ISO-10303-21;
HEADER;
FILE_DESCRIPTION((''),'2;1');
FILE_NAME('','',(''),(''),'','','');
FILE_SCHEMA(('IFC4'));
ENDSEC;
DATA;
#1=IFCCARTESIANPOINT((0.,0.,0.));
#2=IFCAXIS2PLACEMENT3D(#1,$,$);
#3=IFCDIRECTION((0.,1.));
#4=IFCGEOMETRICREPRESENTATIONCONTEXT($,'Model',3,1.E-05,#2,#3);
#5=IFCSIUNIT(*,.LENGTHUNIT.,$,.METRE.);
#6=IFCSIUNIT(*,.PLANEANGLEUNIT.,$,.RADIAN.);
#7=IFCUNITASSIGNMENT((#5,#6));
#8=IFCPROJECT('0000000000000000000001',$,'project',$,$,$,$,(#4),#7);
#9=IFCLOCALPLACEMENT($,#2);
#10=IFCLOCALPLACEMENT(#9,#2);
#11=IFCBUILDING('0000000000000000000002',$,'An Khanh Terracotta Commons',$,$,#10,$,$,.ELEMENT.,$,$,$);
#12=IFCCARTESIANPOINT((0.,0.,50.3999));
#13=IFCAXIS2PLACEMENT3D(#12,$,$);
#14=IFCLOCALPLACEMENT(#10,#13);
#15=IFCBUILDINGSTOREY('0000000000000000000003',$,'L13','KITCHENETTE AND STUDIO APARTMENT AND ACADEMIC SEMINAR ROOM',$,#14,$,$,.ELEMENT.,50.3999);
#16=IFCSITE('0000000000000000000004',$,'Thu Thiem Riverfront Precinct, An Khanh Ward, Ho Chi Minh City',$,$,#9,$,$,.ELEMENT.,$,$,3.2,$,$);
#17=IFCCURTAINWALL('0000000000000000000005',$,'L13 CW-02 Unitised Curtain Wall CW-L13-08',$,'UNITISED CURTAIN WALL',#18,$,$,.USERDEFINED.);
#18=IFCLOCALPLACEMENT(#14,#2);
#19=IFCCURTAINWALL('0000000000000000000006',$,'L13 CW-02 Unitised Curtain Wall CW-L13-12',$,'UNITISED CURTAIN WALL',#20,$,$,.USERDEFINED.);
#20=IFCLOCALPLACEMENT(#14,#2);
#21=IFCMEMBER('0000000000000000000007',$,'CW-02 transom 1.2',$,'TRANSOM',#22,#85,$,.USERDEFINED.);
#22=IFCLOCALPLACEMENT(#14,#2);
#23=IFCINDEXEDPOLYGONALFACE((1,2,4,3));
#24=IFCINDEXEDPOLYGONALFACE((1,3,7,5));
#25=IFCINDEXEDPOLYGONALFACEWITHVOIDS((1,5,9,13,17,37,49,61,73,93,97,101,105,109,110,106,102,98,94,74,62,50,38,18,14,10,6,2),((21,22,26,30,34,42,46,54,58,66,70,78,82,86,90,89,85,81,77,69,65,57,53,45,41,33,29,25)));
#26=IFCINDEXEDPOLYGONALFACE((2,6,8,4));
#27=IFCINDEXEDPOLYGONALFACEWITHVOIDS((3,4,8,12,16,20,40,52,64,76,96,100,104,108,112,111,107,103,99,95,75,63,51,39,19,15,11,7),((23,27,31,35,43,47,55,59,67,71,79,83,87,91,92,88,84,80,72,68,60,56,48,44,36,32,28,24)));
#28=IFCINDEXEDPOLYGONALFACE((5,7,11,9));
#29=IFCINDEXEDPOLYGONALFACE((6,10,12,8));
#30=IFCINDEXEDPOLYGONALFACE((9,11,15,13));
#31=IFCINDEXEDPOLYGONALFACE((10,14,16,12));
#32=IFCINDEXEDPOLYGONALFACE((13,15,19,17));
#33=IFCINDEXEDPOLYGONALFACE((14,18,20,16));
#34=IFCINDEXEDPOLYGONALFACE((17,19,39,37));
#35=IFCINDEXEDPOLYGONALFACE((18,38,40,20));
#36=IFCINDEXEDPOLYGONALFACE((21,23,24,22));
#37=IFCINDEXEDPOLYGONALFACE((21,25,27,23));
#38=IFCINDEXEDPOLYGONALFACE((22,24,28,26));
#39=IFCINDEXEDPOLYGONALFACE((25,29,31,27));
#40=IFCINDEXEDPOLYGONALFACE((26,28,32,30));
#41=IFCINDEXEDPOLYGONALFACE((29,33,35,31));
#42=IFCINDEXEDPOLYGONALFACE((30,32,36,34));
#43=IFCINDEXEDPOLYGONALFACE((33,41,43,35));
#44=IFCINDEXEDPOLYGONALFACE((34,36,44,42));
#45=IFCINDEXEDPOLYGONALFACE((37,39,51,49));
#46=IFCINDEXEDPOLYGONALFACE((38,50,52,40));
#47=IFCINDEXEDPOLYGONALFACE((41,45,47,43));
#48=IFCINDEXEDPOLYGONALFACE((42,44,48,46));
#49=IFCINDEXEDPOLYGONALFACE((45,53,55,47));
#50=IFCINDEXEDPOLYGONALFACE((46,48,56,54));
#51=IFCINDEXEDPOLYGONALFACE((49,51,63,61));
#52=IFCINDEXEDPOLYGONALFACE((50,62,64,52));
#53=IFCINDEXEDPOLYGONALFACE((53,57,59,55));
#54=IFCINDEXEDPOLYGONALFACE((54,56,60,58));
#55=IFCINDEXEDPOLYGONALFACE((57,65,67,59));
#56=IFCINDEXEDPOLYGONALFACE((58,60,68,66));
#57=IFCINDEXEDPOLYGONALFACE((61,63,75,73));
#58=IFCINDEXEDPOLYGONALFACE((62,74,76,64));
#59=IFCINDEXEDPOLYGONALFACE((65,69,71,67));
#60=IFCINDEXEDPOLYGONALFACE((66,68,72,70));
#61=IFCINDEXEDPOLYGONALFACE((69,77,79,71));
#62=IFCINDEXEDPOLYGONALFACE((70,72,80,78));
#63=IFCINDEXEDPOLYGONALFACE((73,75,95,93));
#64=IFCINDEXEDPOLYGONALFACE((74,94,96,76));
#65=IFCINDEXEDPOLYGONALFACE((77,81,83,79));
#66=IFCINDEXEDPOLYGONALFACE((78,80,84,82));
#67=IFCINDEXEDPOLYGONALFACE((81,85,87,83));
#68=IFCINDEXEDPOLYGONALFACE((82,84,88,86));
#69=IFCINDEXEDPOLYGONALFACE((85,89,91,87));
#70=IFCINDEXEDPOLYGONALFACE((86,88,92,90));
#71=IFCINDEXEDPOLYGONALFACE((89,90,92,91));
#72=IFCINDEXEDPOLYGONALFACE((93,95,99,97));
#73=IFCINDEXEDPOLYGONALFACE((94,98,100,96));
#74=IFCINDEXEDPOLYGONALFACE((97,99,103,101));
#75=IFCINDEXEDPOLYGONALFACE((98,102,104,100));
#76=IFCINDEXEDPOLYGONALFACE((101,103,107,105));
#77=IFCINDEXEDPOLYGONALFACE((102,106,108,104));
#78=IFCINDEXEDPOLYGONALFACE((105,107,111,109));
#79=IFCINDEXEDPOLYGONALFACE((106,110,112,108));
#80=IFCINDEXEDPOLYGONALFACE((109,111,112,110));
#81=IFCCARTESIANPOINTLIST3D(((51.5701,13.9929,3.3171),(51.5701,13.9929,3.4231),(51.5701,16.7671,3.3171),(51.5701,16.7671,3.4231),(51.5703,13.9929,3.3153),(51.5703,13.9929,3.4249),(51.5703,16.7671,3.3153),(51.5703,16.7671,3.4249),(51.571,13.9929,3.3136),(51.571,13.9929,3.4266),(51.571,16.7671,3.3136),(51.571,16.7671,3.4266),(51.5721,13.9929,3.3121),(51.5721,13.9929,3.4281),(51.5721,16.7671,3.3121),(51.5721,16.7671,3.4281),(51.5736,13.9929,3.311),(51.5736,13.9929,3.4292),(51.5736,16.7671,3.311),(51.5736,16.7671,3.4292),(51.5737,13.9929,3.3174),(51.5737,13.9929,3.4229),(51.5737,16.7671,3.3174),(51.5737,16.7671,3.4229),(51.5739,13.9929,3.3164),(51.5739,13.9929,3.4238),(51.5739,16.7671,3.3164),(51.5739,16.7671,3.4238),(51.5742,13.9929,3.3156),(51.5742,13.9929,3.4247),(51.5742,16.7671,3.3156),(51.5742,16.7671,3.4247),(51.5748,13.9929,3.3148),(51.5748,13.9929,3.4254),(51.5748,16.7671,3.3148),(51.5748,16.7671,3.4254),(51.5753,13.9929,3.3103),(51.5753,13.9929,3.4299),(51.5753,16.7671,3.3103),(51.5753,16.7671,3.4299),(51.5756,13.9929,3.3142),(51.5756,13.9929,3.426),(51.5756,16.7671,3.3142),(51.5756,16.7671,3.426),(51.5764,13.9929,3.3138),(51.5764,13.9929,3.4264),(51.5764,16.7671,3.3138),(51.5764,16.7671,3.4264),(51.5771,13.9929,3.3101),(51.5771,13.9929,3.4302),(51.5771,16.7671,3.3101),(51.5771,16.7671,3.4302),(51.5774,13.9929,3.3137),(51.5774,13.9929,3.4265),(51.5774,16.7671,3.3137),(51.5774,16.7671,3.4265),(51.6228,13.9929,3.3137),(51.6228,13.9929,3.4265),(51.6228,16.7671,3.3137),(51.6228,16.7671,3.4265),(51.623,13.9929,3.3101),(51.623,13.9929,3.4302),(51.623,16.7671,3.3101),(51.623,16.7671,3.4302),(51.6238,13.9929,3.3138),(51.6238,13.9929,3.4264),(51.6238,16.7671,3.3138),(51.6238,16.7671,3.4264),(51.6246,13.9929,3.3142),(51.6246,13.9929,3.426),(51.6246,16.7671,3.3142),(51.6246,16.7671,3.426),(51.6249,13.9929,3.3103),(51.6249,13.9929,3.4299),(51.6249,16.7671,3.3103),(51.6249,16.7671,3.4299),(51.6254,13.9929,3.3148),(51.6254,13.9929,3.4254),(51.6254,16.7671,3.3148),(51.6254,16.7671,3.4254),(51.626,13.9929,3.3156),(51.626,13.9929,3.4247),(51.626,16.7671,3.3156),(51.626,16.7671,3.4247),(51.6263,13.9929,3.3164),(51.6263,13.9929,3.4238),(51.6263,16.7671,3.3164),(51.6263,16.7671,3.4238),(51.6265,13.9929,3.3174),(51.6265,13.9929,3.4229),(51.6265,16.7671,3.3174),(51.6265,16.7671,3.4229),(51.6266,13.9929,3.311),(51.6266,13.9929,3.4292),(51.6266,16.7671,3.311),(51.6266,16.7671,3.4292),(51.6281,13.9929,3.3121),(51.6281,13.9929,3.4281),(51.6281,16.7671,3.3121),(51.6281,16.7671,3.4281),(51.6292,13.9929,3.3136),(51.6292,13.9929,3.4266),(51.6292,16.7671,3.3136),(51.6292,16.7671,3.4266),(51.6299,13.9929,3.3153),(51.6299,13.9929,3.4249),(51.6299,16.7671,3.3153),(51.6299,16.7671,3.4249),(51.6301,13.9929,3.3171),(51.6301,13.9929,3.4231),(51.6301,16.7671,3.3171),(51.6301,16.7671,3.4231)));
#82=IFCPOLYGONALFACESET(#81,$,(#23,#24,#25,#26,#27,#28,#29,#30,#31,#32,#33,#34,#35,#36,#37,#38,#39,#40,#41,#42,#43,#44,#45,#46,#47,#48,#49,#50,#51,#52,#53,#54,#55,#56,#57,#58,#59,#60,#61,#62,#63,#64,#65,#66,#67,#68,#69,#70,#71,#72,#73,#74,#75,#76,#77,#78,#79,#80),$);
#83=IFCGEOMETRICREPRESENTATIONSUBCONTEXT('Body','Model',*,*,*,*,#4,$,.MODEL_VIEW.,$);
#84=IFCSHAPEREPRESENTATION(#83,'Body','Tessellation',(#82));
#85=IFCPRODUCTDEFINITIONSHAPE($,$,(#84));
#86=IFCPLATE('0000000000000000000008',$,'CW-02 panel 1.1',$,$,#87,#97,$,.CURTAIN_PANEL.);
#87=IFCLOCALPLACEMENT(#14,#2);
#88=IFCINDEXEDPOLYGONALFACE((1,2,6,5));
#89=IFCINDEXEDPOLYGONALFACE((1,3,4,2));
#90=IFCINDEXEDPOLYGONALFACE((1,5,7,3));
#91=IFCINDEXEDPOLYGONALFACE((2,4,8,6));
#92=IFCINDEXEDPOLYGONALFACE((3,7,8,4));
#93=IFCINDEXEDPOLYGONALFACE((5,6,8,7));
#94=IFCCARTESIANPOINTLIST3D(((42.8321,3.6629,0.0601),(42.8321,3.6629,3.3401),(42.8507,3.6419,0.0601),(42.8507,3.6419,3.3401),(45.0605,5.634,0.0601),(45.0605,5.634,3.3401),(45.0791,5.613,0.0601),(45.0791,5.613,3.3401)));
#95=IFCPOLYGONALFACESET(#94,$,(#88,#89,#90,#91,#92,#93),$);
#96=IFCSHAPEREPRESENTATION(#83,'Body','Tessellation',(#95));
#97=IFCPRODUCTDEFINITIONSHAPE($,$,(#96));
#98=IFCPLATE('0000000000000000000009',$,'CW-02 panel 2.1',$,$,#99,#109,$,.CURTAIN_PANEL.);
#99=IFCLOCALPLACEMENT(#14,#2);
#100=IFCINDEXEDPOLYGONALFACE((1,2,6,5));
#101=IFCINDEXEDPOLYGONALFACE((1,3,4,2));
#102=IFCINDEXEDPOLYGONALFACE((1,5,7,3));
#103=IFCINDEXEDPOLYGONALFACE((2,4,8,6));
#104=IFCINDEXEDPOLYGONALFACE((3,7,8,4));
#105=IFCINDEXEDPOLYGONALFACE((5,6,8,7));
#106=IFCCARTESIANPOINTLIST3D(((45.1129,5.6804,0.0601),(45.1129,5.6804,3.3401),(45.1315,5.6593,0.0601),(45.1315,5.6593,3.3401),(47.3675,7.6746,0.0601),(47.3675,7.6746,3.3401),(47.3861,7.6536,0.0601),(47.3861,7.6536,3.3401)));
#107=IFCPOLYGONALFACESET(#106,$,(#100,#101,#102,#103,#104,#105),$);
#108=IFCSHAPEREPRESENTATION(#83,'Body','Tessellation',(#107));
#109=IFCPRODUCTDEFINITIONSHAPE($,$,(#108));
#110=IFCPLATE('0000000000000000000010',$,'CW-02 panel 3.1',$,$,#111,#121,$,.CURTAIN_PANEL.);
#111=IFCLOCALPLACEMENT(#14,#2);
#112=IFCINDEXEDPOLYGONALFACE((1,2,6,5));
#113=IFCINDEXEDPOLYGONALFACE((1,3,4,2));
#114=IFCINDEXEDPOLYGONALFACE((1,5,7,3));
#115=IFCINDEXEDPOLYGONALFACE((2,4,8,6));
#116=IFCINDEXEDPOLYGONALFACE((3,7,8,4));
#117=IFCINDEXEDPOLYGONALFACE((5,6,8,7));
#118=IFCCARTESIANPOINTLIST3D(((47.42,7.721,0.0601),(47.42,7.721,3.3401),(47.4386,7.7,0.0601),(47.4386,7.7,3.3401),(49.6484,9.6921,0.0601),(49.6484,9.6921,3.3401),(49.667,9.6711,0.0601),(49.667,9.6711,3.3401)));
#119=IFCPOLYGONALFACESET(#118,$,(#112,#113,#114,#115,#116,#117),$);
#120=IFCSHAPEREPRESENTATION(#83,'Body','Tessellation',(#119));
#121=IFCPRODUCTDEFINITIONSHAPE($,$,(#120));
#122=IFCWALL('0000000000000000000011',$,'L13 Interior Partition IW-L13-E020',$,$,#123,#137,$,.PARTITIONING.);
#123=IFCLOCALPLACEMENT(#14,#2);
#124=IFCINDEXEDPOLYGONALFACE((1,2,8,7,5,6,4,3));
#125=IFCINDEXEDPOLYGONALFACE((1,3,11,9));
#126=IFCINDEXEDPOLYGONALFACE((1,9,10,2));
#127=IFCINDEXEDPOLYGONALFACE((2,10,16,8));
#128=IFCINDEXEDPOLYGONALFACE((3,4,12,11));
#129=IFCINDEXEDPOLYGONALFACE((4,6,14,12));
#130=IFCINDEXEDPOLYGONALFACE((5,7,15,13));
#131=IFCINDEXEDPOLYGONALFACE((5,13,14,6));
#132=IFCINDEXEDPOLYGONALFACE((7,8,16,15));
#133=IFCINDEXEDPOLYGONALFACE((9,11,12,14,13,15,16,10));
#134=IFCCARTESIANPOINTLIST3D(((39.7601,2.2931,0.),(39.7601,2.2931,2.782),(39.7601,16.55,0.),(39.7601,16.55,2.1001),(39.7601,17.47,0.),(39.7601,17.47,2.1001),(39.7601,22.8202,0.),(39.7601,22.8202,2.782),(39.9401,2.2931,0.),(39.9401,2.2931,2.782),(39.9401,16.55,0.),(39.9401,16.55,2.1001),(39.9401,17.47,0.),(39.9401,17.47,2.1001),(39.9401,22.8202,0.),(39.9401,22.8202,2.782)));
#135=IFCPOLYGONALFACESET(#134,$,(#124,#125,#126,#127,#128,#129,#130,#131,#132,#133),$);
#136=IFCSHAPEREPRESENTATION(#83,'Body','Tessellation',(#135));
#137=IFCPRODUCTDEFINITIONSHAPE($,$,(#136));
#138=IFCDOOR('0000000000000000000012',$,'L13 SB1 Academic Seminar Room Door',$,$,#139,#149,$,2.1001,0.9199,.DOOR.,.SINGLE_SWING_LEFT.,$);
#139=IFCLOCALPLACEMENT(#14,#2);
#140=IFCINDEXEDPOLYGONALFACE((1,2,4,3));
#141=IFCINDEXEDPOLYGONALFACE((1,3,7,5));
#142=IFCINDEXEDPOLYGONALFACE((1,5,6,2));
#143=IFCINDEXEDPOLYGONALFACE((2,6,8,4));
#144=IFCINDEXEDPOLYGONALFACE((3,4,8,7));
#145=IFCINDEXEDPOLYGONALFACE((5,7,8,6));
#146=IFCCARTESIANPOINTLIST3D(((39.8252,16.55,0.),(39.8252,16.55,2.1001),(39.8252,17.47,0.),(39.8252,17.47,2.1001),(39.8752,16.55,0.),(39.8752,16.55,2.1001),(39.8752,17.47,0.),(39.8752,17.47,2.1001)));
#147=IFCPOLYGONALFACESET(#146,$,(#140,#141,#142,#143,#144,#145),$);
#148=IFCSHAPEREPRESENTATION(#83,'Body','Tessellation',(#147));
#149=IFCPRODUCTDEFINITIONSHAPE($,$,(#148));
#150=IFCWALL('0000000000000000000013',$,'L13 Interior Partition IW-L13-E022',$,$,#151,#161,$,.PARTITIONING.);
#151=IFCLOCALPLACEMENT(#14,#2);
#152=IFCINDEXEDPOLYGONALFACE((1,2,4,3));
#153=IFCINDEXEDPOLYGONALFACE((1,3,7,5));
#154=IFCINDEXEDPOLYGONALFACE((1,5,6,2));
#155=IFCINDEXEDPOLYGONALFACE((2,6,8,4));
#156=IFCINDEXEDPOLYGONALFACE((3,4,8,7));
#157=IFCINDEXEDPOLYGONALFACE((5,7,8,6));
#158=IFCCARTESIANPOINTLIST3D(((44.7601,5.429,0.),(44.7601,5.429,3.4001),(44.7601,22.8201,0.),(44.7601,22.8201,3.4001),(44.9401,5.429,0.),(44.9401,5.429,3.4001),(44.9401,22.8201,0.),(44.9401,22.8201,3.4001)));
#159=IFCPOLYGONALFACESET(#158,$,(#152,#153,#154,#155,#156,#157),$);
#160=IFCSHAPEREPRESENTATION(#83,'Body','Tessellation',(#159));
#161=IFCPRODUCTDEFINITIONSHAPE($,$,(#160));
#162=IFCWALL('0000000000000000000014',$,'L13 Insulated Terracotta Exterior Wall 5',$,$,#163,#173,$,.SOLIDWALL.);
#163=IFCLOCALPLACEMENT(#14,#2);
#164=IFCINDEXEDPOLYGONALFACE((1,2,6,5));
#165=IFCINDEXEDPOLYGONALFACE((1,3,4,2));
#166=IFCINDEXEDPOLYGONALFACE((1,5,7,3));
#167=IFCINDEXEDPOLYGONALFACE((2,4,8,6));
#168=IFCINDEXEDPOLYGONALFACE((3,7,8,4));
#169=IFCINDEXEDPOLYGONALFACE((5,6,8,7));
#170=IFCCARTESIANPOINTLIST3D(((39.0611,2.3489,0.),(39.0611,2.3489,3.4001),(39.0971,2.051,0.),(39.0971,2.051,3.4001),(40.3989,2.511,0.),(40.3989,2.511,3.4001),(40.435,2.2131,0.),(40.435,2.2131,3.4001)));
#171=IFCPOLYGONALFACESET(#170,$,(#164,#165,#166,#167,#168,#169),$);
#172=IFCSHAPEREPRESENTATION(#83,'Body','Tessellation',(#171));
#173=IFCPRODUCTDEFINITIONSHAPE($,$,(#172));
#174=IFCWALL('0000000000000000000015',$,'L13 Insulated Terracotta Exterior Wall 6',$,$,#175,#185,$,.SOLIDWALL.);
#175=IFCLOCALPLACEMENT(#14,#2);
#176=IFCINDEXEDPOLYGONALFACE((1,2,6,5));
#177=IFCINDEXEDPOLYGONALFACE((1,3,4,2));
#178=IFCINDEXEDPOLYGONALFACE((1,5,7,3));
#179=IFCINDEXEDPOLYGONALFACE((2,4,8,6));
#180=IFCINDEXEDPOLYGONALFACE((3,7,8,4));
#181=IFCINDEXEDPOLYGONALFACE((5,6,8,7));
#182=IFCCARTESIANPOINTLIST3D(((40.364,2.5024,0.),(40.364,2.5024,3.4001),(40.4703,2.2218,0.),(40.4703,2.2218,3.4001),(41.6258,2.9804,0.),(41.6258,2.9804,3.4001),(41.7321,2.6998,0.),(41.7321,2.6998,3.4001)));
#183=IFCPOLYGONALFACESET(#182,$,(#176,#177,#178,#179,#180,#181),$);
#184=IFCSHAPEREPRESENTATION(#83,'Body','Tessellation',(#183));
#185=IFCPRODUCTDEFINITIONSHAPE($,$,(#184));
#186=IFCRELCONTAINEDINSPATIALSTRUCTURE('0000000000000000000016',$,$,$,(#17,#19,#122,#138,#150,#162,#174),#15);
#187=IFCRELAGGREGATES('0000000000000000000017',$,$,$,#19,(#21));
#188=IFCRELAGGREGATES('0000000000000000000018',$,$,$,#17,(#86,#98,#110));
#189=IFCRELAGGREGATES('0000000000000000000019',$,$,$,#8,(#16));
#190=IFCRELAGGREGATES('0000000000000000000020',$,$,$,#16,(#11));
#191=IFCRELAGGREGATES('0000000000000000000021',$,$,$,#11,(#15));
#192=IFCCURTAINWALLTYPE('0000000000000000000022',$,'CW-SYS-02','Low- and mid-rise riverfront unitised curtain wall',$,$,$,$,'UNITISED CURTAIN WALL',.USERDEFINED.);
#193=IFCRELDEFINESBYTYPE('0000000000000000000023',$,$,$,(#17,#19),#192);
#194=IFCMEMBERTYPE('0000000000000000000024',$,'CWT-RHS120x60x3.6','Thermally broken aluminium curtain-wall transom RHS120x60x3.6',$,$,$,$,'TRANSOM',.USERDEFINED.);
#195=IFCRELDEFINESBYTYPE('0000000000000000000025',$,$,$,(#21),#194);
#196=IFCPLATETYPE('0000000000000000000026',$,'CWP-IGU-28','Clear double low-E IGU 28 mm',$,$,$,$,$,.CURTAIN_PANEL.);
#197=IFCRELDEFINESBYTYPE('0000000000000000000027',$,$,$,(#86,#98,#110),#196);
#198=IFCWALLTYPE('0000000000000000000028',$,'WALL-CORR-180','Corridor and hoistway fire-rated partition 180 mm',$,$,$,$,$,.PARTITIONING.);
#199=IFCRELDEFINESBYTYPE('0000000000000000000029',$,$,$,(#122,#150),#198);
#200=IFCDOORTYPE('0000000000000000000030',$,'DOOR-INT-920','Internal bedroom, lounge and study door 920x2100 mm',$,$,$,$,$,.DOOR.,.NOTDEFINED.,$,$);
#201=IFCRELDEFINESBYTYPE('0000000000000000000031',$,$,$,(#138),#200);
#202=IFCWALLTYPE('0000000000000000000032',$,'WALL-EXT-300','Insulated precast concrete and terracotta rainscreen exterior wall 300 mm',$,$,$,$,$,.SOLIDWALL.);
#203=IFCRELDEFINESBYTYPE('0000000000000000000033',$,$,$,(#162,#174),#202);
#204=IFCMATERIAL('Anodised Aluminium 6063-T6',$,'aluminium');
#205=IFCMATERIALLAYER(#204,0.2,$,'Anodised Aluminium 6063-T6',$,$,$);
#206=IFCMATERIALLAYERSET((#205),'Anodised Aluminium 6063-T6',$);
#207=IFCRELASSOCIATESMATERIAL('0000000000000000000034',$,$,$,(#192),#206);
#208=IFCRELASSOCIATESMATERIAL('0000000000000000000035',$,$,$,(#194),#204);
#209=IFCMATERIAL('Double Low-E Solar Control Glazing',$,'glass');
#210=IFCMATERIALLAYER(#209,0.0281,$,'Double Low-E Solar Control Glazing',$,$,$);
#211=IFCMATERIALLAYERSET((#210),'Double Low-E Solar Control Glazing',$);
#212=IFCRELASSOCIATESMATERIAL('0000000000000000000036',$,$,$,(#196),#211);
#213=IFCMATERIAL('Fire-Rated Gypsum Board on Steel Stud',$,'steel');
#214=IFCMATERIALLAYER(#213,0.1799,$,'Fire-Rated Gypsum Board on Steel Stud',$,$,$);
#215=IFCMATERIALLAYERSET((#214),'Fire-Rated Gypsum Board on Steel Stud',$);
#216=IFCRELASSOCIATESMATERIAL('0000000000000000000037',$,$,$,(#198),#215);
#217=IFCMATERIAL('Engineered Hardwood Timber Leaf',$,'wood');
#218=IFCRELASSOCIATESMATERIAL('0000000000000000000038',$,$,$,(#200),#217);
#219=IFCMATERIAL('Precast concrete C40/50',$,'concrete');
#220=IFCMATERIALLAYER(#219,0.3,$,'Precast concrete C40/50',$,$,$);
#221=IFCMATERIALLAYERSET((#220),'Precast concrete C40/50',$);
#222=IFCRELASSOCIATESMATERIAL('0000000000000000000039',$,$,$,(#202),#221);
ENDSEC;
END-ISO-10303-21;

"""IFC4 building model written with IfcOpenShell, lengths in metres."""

from ifc_helpers import new_model, si_unit, direction, frame, frame_2d, origin, origin_2d, place, context, subcontext, project, spatial, rectangle, hollow_rectangle, extrude, material, layer, layer_set, material_profile, profile_set, type_object, element, fill, aggregate, save


model = new_model("IFC4")

# Units and contexts
model_context = context("Model", 3, precision=1e-05, world=origin(), true_north=direction((0.0, 1.0)))
body_context = subcontext(model_context, "Body", "Model", "MODEL_VIEW")
ifc_project = project(units=[si_unit("LENGTHUNIT", "METRE"), si_unit("PLANEANGLEUNIT", "RADIAN")], contexts=[model_context])

# Site, building, storey
site_placement = place(None, origin())
site = spatial("IfcSite", under=ifc_project, at=site_placement, Name="Thu Thiem Riverfront Precinct, An Khanh Ward, Ho Chi Minh City", CompositionType="ELEMENT", RefElevation=3.2)
building_placement = place(site_placement, origin())
building = spatial("IfcBuilding", under=site, at=building_placement, Name="An Khanh Terracotta Commons", CompositionType="ELEMENT")
storey_placement = place(building_placement, frame((0.0, 0.0, 50.3999)))
storey = spatial("IfcBuildingStorey", under=building, at=storey_placement, Name="L13", Description="KITCHENETTE AND STUDIO APARTMENT AND ACADEMIC SEMINAR ROOM", CompositionType="ELEMENT", Elevation=50.3999)

# Curtain wall
ifc_material_1 = material(Name="Anodised Aluminium 6063-T6", Category="aluminium")
ifc_layer_1 = layer(ifc_material_1, 0.2, Name="Anodised Aluminium 6063-T6")
ifc_layer_set_1 = layer_set([ifc_layer_1], Name="Anodised Aluminium 6063-T6")
curtain_wall_type = type_object("IfcCurtainWallType", Name="CW-SYS-02", Description="Low- and mid-rise riverfront unitised curtain wall", ElementType="UNITISED CURTAIN WALL", PredefinedType="USERDEFINED", material=ifc_layer_set_1)
curtain_wall_1_placement = place(storey_placement, origin())
curtain_wall_1 = element("IfcCurtainWall", 1, at=curtain_wall_1_placement, inside=storey, type_object=curtain_wall_type, Name="L13 CW-02 Unitised Curtain Wall CW-L13-08", ObjectType="UNITISED CURTAIN WALL", PredefinedType="USERDEFINED")

# Curtain wall
curtain_wall_2_placement = place(storey_placement, origin())
curtain_wall_2 = element("IfcCurtainWall", 2, at=curtain_wall_2_placement, inside=storey, type_object=curtain_wall_type, Name="L13 CW-02 Unitised Curtain Wall CW-L13-12", ObjectType="UNITISED CURTAIN WALL", PredefinedType="USERDEFINED")

# Member
ifc_material_profile_1 = material_profile(ifc_material_1, hollow_rectangle(XDim=0.0601, YDim=0.1201, WallThickness=0.0037, InnerFilletRadius=0.0037, OuterFilletRadius=0.0071, at=origin_2d()), Name="RHS120x60x3.6")
ifc_profile_set_1 = profile_set([ifc_material_profile_1], Name="Anodised Aluminium 6063-T6")
member_type_1 = type_object("IfcMemberType", Name="CWT-RHS120x60x3.6", Description="Thermally broken aluminium curtain-wall transom RHS120x60x3.6", ElementType="TRANSOM", PredefinedType="USERDEFINED", material=ifc_profile_set_1)
member_1_placement = place(storey_placement, frame((51.6001, 13.9929, 3.3701), z_axis=(0.0, 1.0, 0.0), x_axis=(-1.0, 0.0, 0.0)))
member_1 = element("IfcMember", 3, at=member_1_placement, type_object=member_type_1, Name="CW-02 transom 1.2", ObjectType="TRANSOM", PredefinedType="USERDEFINED", context=body_context, shape_type="SweptSolid", body=[
    extrude(hollow_rectangle(XDim=0.0601, YDim=0.1201, WallThickness=0.0037, InnerFilletRadius=0.0037, OuterFilletRadius=0.0071, at=origin_2d()), origin(), (0.0, 0.0, 1.0), 2.7742),
])
aggregate(curtain_wall_2, [member_1])

# Plates
ifc_material_2 = material(Name="Double Low-E Solar Control Glazing", Category="glass")
ifc_layer_2 = layer(ifc_material_2, 0.0281, Name="Double Low-E Solar Control Glazing")
ifc_layer_set_2 = layer_set([ifc_layer_2], Name="Double Low-E Solar Control Glazing")
plate_type = type_object("IfcPlateType", Name="CWP-IGU-28", Description="Clear double low-E IGU 28 mm", PredefinedType="CURTAIN_PANEL", material=ifc_layer_set_2)
plate_1_placement = place(storey_placement, frame((43.9556, 4.6379, 0.0601), z_axis=(0.0, 0.0, 1.0), x_axis=(0.749019, 0.662548, 0.0)))
plate_1 = element("IfcPlate", 4, at=plate_1_placement, type_object=plate_type, Name="CW-02 panel 1.1", PredefinedType="CURTAIN_PANEL", context=body_context, shape_type="SweptSolid", body=[
    extrude(rectangle(XDim=2.9751, YDim=0.0281, at=origin_2d()), origin(), (0.0, 0.0, 1.0), 3.28),
])
plate_2_placement = place(storey_placement, frame((46.2495, 6.667, 0.0601), z_axis=(0.0, 0.0, 1.0), x_axis=(0.749019, 0.662548, 0.0)))
plate_2 = element("IfcPlate", 5, at=plate_2_placement, type_object=plate_type, Name="CW-02 panel 2.1", PredefinedType="CURTAIN_PANEL", context=body_context, shape_type="SweptSolid", body=[
    extrude(rectangle(XDim=3.01, YDim=0.0281, at=origin_2d()), origin(), (0.0, 0.0, 1.0), 3.28),
])
plate_3_placement = place(storey_placement, frame((48.5435, 8.696, 0.0601), z_axis=(0.0, 0.0, 1.0), x_axis=(0.749019, 0.662548, 0.0)))
plate_3 = element("IfcPlate", 6, at=plate_3_placement, type_object=plate_type, Name="CW-02 panel 3.1", PredefinedType="CURTAIN_PANEL", context=body_context, shape_type="SweptSolid", body=[
    extrude(rectangle(XDim=2.9751, YDim=0.0281, at=origin_2d()), origin(), (0.0, 0.0, 1.0), 3.28),
])
aggregate(curtain_wall_1, [plate_1, plate_2, plate_3])

# Wall, opening, door
ifc_material_3 = material(Name="Fire-Rated Gypsum Board on Steel Stud", Category="steel")
ifc_layer_3 = layer(ifc_material_3, 0.1799, Name="Fire-Rated Gypsum Board on Steel Stud")
ifc_layer_set_3 = layer_set([ifc_layer_3], Name="Fire-Rated Gypsum Board on Steel Stud")
wall_type_1 = type_object("IfcWallType", Name="WALL-CORR-180", Description="Corridor and hoistway fire-rated partition 180 mm", PredefinedType="PARTITIONING", material=ifc_layer_set_3)
wall_1_placement = place(storey_placement, frame((39.8501, 2.293, 0.0), z_axis=(0.0, 0.0, 1.0), x_axis=(0.0, 1.0, 0.0)))
wall_1 = element("IfcWall", 7, at=wall_1_placement, inside=storey, type_object=wall_type_1, Name="L13 Interior Partition IW-L13-E020", PredefinedType="PARTITIONING", context=body_context, shape_type="SweptSolid", body=[
    extrude(rectangle(XDim=20.5271, YDim=0.1799, at=frame_2d((10.2637, 0.0))), origin(), (0.0, 0.0, 1.0), 2.782),
])
opening_placement = place(wall_1_placement, frame((14.2571, 0.0, 0.0)))
opening = element("IfcOpeningElement", 8, at=opening_placement, cuts=wall_1, PredefinedType="OPENING", context=body_context, shape_type="SweptSolid", body=[
    extrude(rectangle(XDim=0.9199, YDim=2.1001, at=frame_2d((0.46, 1.05))), frame((0.0, 0.0999, 0.0), z_axis=(0.0, -1.0, 0.0), x_axis=(1.0, 0.0, 0.0)), (0.0, 0.0, 1.0), 0.2),
])
ifc_material_4 = material(Name="Engineered Hardwood Timber Leaf", Category="wood")
door_type = type_object("IfcDoorType", Name="DOOR-INT-920", Description="Internal bedroom, lounge and study door 920x2100 mm", OperationType="NOTDEFINED", PredefinedType="DOOR", material=ifc_material_4)
door_placement = place(opening_placement, origin())
door = element("IfcDoor", 9, at=door_placement, inside=storey, type_object=door_type, Name="L13 SB1 Academic Seminar Room Door", OperationType="SINGLE_SWING_LEFT", OverallHeight=2.1001, OverallWidth=0.9199, PredefinedType="DOOR", context=body_context, shape_type="SweptSolid", body=[
    extrude(rectangle(XDim=0.9199, YDim=2.1001, at=frame_2d((0.46, 1.05))), frame((0.0, 0.0249, 0.0), z_axis=(0.0, -1.0, 0.0), x_axis=(1.0, 0.0, 0.0)), (0.0, 0.0, 1.0), 0.05),
])
fill(opening, door)

# Walls
wall_2_placement = place(storey_placement, frame((44.8501, 5.429, 0.0), z_axis=(0.0, 0.0, 1.0), x_axis=(0.0, 1.0, 0.0)))
element("IfcWall", 10, at=wall_2_placement, inside=storey, type_object=wall_type_1, Name="L13 Interior Partition IW-L13-E022", PredefinedType="PARTITIONING", context=body_context, shape_type="SweptSolid", body=[
    extrude(rectangle(XDim=17.3911, YDim=0.1799, at=frame_2d((8.6956, 0.0))), origin(), (0.0, 0.0, 1.0), 3.4001),
])
ifc_material_5 = material(Name="Precast concrete C40/50", Category="concrete")
ifc_layer_4 = layer(ifc_material_5, 0.3, Name="Precast concrete C40/50")
ifc_layer_set_4 = layer_set([ifc_layer_4], Name="Precast concrete C40/50")
wall_type_2 = type_object("IfcWallType", Name="WALL-EXT-300", Description="Insulated precast concrete and terracotta rainscreen exterior wall 300 mm", PredefinedType="SOLIDWALL", material=ifc_layer_set_4)
wall_3_placement = place(storey_placement, frame((39.0791, 2.2, 0.0), z_axis=(0.0, 0.0, 1.0), x_axis=(0.992739, 0.120288, 0.0)))
element("IfcWall", 11, at=wall_3_placement, inside=storey, type_object=wall_type_2, Name="L13 Insulated Terracotta Exterior Wall 5", PredefinedType="SOLIDWALL", context=body_context, shape_type="SweptSolid", body=[
    extrude(rectangle(XDim=1.3477, YDim=0.3, at=frame_2d((0.6738, 0.0))), origin(), (0.0, 0.0, 1.0), 3.4001),
])
wall_4_placement = place(storey_placement, frame((40.417, 2.3621, 0.0), z_axis=(0.0, 0.0, 1.0), x_axis=(0.935157, 0.354234, 0.0)))
element("IfcWall", 12, at=wall_4_placement, inside=storey, type_object=wall_type_2, Name="L13 Insulated Terracotta Exterior Wall 6", PredefinedType="SOLIDWALL", context=body_context, shape_type="SweptSolid", body=[
    extrude(rectangle(XDim=1.3494, YDim=0.3, at=frame_2d((0.6748, 0.0))), origin(), (0.0, 0.0, 1.0), 3.4001),
])

save(model, "model.ifc")
